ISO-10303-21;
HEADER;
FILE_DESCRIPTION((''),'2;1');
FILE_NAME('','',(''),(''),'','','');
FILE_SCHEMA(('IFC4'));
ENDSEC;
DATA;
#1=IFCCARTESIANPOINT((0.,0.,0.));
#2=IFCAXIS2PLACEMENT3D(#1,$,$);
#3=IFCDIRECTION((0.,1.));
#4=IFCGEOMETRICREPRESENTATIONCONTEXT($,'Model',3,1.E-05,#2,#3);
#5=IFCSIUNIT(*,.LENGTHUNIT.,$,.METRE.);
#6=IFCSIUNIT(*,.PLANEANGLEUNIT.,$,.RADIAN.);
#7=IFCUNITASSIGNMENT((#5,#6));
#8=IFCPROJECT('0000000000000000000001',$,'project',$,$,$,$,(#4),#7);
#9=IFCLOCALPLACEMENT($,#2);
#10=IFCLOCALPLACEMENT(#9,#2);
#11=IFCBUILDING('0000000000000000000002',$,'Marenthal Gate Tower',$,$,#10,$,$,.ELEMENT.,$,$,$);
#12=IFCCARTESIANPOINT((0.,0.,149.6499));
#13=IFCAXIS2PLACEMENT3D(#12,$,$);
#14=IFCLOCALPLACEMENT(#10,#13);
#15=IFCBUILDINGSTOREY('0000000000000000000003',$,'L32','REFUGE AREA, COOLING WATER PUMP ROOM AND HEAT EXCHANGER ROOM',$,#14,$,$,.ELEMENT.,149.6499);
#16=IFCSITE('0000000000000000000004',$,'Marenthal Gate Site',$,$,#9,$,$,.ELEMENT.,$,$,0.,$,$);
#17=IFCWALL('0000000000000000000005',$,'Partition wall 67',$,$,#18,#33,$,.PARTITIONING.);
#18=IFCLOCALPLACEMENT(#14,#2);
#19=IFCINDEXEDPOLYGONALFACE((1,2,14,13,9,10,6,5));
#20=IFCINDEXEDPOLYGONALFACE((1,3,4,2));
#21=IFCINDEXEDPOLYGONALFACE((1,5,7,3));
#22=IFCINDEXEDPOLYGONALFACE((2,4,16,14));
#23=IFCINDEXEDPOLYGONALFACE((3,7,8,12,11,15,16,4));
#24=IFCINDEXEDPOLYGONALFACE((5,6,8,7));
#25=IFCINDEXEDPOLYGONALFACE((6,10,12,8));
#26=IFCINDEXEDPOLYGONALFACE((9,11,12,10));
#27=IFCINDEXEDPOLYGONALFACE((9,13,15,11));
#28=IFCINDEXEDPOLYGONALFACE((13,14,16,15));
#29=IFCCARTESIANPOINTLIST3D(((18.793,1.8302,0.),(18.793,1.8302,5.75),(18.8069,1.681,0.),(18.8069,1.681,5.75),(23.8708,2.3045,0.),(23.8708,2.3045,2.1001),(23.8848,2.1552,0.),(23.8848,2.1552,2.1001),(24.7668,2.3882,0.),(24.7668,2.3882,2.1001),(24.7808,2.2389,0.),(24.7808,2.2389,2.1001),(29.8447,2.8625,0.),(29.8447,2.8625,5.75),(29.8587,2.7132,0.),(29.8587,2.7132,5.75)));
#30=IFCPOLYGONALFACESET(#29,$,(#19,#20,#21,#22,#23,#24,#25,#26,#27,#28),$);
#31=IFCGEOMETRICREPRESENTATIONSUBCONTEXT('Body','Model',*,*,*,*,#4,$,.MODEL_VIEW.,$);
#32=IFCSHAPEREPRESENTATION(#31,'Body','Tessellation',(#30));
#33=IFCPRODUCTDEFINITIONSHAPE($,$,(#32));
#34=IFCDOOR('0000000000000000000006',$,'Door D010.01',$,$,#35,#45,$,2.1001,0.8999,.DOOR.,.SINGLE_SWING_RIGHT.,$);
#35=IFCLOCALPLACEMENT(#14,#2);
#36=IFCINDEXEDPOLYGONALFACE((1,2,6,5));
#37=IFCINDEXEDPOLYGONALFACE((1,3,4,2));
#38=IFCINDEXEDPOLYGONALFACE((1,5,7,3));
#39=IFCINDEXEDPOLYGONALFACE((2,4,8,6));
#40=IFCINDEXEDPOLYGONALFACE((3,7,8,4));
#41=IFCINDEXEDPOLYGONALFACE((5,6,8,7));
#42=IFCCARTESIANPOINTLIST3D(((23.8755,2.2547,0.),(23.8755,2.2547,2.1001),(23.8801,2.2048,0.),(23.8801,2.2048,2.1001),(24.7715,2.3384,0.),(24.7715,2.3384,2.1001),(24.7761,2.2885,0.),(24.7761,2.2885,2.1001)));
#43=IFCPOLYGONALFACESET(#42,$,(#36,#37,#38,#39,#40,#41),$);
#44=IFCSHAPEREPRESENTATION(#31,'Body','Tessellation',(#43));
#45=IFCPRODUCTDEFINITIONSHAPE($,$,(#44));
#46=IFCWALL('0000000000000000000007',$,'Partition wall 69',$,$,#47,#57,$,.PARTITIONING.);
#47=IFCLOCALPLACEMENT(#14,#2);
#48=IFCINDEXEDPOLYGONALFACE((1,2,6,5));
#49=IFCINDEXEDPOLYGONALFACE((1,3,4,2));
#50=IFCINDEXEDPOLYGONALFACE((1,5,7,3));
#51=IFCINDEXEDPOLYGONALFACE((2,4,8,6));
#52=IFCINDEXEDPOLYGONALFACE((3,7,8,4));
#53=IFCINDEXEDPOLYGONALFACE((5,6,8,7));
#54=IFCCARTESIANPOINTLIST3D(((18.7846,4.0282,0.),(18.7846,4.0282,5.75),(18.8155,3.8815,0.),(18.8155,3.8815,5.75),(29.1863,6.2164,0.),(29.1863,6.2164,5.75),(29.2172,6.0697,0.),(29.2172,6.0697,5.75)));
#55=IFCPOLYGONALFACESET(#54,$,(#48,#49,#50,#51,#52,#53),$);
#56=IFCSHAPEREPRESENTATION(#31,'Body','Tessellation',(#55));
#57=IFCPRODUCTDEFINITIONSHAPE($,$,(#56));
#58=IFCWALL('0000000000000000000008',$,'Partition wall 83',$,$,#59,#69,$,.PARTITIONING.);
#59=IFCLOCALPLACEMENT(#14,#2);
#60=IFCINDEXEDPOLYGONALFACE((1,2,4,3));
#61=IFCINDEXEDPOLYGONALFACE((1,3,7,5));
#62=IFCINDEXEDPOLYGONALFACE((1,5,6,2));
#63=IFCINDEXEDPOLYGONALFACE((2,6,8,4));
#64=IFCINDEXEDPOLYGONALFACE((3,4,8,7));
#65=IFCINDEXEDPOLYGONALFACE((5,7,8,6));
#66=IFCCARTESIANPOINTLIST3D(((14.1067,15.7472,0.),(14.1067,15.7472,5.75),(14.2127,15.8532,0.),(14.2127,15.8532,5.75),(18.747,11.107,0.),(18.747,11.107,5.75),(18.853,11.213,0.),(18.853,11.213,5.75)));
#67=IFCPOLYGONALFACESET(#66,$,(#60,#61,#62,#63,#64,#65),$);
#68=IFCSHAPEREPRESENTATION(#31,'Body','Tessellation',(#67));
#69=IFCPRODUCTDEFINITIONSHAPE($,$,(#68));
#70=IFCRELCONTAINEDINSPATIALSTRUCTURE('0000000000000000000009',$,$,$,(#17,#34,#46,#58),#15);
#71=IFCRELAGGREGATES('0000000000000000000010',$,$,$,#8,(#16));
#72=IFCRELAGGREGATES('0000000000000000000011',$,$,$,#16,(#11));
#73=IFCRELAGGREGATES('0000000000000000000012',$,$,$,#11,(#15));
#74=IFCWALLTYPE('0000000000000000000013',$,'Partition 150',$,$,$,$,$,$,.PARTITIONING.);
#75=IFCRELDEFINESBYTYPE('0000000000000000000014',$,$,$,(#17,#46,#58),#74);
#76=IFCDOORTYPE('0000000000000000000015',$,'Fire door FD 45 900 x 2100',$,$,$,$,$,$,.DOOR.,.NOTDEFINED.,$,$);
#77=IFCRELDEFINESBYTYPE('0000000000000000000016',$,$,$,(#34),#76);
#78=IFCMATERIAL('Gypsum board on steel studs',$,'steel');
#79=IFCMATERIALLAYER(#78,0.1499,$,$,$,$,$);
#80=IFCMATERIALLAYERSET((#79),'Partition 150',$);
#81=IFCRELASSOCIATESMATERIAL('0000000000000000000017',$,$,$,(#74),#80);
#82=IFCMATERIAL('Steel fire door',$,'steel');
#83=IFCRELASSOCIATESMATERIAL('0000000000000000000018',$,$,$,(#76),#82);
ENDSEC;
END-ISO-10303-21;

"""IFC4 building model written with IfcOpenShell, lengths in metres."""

from ifc_helpers import new_model, si_unit, direction, frame, frame_2d, origin, place, context, subcontext, project, spatial, rectangle, extrude, material, layer, layer_set, type_object, element, fill, save


model = new_model("IFC4")

# Units and contexts
model_context = context("Model", 3, precision=1e-05, world=origin(), true_north=direction((0.0, 1.0)))
body_context = subcontext(model_context, "Body", "Model", "MODEL_VIEW")
ifc_project = project(units=[si_unit("LENGTHUNIT", "METRE"), si_unit("PLANEANGLEUNIT", "RADIAN")], contexts=[model_context])

# Site, building, storey
site_placement = place(None, origin())
site = spatial("IfcSite", under=ifc_project, at=site_placement, Name="Marenthal Gate Site", CompositionType="ELEMENT", RefElevation=0.0)
building_placement = place(site_placement, origin())
building = spatial("IfcBuilding", under=site, at=building_placement, Name="Marenthal Gate Tower", CompositionType="ELEMENT")
storey_placement = place(building_placement, frame((0.0, 0.0, 149.6499)))
storey = spatial("IfcBuildingStorey", under=building, at=storey_placement, Name="L32", Description="REFUGE AREA, COOLING WATER PUMP ROOM AND HEAT EXCHANGER ROOM", CompositionType="ELEMENT", Elevation=149.6499)

# Wall, opening, door
ifc_material_1 = material(Name="Gypsum board on steel studs", Category="steel")
ifc_layer_1 = layer(ifc_material_1, 0.1499)
ifc_layer_set_1 = layer_set([ifc_layer_1], Name="Partition 150")
wall_type_1 = type_object("IfcWallType", Name="Partition 150", PredefinedType="PARTITIONING", material=ifc_layer_set_1)
wall_1_placement = place(storey_placement, frame((18.8, 1.7556, 0.0), z_axis=(0.0, 0.0, 1.0), x_axis=(0.995667, 0.092995, 0.0)))
wall_1 = element("IfcWall", 1, at=wall_1_placement, inside=storey, type_object=wall_type_1, Name="Partition wall 67", PredefinedType="PARTITIONING", context=body_context, shape_type="SweptSolid", body=[
    extrude(rectangle(XDim=11.0999, YDim=0.1499, at=frame_2d((5.5498, 0.0))), origin(), (0.0, 0.0, 1.0), 5.75),
])
opening_1_placement = place(wall_1_placement, frame((5.0999, 0.0, 0.0)))
opening_1 = element("IfcOpeningElement", 2, at=opening_1_placement, cuts=wall_1, PredefinedType="OPENING", context=body_context, shape_type="SweptSolid", body=[
    extrude(rectangle(XDim=0.8999, YDim=2.1001, at=frame_2d((0.45, 1.05))), frame((0.0, 0.085, 0.0), z_axis=(0.0, -1.0, 0.0), x_axis=(1.0, 0.0, 0.0)), (0.0, 0.0, 1.0), 0.1699),
])
ifc_material_2 = material(Name="Steel fire door", Category="steel")
door_type_1 = type_object("IfcDoorType", Name="Fire door FD 45 900 x 2100", OperationType="NOTDEFINED", PredefinedType="DOOR", material=ifc_material_2)
door_1_placement = place(opening_1_placement, origin())
door_1 = element("IfcDoor", 3, at=door_1_placement, inside=storey, type_object=door_type_1, Name="Door D010.01", OperationType="SINGLE_SWING_RIGHT", OverallHeight=2.1001, OverallWidth=0.8999, PredefinedType="DOOR", context=body_context, shape_type="SweptSolid", body=[
    extrude(rectangle(XDim=0.8999, YDim=2.1001, at=frame_2d((0.45, 1.05))), frame((0.0, 0.0249, 0.0), z_axis=(0.0, -1.0, 0.0), x_axis=(1.0, 0.0, 0.0)), (0.0, 0.0, 1.0), 0.05),
])
fill(opening_1, door_1)

# Walls
wall_2_placement = place(storey_placement, frame((18.8, 3.9548, 0.0), z_axis=(0.0, 0.0, 1.0), x_axis=(0.97858, 0.205868, 0.0)))
element("IfcWall", 4, at=wall_2_placement, inside=storey, type_object=wall_type_1, Name="Partition wall 69", PredefinedType="PARTITIONING", context=body_context, shape_type="SweptSolid", body=[
    extrude(rectangle(XDim=10.6294, YDim=0.1499, at=frame_2d((5.3147, 0.0))), origin(), (0.0, 0.0, 1.0), 5.75),
])
wall_3_placement = place(storey_placement, frame((18.8, 11.1599, 0.0), z_axis=(0.0, 0.0, 1.0), x_axis=(-0.707107, 0.707107, 0.0)))
element("IfcWall", 5, at=wall_3_placement, inside=storey, type_object=wall_type_1, Name="Partition wall 83", PredefinedType="PARTITIONING", context=body_context, shape_type="SweptSolid", body=[
    extrude(rectangle(XDim=6.5623, YDim=0.1499, at=frame_2d((3.2812, 0.0))), origin(), (0.0, 0.0, 1.0), 5.75),
])

save(model, "model.ifc")
